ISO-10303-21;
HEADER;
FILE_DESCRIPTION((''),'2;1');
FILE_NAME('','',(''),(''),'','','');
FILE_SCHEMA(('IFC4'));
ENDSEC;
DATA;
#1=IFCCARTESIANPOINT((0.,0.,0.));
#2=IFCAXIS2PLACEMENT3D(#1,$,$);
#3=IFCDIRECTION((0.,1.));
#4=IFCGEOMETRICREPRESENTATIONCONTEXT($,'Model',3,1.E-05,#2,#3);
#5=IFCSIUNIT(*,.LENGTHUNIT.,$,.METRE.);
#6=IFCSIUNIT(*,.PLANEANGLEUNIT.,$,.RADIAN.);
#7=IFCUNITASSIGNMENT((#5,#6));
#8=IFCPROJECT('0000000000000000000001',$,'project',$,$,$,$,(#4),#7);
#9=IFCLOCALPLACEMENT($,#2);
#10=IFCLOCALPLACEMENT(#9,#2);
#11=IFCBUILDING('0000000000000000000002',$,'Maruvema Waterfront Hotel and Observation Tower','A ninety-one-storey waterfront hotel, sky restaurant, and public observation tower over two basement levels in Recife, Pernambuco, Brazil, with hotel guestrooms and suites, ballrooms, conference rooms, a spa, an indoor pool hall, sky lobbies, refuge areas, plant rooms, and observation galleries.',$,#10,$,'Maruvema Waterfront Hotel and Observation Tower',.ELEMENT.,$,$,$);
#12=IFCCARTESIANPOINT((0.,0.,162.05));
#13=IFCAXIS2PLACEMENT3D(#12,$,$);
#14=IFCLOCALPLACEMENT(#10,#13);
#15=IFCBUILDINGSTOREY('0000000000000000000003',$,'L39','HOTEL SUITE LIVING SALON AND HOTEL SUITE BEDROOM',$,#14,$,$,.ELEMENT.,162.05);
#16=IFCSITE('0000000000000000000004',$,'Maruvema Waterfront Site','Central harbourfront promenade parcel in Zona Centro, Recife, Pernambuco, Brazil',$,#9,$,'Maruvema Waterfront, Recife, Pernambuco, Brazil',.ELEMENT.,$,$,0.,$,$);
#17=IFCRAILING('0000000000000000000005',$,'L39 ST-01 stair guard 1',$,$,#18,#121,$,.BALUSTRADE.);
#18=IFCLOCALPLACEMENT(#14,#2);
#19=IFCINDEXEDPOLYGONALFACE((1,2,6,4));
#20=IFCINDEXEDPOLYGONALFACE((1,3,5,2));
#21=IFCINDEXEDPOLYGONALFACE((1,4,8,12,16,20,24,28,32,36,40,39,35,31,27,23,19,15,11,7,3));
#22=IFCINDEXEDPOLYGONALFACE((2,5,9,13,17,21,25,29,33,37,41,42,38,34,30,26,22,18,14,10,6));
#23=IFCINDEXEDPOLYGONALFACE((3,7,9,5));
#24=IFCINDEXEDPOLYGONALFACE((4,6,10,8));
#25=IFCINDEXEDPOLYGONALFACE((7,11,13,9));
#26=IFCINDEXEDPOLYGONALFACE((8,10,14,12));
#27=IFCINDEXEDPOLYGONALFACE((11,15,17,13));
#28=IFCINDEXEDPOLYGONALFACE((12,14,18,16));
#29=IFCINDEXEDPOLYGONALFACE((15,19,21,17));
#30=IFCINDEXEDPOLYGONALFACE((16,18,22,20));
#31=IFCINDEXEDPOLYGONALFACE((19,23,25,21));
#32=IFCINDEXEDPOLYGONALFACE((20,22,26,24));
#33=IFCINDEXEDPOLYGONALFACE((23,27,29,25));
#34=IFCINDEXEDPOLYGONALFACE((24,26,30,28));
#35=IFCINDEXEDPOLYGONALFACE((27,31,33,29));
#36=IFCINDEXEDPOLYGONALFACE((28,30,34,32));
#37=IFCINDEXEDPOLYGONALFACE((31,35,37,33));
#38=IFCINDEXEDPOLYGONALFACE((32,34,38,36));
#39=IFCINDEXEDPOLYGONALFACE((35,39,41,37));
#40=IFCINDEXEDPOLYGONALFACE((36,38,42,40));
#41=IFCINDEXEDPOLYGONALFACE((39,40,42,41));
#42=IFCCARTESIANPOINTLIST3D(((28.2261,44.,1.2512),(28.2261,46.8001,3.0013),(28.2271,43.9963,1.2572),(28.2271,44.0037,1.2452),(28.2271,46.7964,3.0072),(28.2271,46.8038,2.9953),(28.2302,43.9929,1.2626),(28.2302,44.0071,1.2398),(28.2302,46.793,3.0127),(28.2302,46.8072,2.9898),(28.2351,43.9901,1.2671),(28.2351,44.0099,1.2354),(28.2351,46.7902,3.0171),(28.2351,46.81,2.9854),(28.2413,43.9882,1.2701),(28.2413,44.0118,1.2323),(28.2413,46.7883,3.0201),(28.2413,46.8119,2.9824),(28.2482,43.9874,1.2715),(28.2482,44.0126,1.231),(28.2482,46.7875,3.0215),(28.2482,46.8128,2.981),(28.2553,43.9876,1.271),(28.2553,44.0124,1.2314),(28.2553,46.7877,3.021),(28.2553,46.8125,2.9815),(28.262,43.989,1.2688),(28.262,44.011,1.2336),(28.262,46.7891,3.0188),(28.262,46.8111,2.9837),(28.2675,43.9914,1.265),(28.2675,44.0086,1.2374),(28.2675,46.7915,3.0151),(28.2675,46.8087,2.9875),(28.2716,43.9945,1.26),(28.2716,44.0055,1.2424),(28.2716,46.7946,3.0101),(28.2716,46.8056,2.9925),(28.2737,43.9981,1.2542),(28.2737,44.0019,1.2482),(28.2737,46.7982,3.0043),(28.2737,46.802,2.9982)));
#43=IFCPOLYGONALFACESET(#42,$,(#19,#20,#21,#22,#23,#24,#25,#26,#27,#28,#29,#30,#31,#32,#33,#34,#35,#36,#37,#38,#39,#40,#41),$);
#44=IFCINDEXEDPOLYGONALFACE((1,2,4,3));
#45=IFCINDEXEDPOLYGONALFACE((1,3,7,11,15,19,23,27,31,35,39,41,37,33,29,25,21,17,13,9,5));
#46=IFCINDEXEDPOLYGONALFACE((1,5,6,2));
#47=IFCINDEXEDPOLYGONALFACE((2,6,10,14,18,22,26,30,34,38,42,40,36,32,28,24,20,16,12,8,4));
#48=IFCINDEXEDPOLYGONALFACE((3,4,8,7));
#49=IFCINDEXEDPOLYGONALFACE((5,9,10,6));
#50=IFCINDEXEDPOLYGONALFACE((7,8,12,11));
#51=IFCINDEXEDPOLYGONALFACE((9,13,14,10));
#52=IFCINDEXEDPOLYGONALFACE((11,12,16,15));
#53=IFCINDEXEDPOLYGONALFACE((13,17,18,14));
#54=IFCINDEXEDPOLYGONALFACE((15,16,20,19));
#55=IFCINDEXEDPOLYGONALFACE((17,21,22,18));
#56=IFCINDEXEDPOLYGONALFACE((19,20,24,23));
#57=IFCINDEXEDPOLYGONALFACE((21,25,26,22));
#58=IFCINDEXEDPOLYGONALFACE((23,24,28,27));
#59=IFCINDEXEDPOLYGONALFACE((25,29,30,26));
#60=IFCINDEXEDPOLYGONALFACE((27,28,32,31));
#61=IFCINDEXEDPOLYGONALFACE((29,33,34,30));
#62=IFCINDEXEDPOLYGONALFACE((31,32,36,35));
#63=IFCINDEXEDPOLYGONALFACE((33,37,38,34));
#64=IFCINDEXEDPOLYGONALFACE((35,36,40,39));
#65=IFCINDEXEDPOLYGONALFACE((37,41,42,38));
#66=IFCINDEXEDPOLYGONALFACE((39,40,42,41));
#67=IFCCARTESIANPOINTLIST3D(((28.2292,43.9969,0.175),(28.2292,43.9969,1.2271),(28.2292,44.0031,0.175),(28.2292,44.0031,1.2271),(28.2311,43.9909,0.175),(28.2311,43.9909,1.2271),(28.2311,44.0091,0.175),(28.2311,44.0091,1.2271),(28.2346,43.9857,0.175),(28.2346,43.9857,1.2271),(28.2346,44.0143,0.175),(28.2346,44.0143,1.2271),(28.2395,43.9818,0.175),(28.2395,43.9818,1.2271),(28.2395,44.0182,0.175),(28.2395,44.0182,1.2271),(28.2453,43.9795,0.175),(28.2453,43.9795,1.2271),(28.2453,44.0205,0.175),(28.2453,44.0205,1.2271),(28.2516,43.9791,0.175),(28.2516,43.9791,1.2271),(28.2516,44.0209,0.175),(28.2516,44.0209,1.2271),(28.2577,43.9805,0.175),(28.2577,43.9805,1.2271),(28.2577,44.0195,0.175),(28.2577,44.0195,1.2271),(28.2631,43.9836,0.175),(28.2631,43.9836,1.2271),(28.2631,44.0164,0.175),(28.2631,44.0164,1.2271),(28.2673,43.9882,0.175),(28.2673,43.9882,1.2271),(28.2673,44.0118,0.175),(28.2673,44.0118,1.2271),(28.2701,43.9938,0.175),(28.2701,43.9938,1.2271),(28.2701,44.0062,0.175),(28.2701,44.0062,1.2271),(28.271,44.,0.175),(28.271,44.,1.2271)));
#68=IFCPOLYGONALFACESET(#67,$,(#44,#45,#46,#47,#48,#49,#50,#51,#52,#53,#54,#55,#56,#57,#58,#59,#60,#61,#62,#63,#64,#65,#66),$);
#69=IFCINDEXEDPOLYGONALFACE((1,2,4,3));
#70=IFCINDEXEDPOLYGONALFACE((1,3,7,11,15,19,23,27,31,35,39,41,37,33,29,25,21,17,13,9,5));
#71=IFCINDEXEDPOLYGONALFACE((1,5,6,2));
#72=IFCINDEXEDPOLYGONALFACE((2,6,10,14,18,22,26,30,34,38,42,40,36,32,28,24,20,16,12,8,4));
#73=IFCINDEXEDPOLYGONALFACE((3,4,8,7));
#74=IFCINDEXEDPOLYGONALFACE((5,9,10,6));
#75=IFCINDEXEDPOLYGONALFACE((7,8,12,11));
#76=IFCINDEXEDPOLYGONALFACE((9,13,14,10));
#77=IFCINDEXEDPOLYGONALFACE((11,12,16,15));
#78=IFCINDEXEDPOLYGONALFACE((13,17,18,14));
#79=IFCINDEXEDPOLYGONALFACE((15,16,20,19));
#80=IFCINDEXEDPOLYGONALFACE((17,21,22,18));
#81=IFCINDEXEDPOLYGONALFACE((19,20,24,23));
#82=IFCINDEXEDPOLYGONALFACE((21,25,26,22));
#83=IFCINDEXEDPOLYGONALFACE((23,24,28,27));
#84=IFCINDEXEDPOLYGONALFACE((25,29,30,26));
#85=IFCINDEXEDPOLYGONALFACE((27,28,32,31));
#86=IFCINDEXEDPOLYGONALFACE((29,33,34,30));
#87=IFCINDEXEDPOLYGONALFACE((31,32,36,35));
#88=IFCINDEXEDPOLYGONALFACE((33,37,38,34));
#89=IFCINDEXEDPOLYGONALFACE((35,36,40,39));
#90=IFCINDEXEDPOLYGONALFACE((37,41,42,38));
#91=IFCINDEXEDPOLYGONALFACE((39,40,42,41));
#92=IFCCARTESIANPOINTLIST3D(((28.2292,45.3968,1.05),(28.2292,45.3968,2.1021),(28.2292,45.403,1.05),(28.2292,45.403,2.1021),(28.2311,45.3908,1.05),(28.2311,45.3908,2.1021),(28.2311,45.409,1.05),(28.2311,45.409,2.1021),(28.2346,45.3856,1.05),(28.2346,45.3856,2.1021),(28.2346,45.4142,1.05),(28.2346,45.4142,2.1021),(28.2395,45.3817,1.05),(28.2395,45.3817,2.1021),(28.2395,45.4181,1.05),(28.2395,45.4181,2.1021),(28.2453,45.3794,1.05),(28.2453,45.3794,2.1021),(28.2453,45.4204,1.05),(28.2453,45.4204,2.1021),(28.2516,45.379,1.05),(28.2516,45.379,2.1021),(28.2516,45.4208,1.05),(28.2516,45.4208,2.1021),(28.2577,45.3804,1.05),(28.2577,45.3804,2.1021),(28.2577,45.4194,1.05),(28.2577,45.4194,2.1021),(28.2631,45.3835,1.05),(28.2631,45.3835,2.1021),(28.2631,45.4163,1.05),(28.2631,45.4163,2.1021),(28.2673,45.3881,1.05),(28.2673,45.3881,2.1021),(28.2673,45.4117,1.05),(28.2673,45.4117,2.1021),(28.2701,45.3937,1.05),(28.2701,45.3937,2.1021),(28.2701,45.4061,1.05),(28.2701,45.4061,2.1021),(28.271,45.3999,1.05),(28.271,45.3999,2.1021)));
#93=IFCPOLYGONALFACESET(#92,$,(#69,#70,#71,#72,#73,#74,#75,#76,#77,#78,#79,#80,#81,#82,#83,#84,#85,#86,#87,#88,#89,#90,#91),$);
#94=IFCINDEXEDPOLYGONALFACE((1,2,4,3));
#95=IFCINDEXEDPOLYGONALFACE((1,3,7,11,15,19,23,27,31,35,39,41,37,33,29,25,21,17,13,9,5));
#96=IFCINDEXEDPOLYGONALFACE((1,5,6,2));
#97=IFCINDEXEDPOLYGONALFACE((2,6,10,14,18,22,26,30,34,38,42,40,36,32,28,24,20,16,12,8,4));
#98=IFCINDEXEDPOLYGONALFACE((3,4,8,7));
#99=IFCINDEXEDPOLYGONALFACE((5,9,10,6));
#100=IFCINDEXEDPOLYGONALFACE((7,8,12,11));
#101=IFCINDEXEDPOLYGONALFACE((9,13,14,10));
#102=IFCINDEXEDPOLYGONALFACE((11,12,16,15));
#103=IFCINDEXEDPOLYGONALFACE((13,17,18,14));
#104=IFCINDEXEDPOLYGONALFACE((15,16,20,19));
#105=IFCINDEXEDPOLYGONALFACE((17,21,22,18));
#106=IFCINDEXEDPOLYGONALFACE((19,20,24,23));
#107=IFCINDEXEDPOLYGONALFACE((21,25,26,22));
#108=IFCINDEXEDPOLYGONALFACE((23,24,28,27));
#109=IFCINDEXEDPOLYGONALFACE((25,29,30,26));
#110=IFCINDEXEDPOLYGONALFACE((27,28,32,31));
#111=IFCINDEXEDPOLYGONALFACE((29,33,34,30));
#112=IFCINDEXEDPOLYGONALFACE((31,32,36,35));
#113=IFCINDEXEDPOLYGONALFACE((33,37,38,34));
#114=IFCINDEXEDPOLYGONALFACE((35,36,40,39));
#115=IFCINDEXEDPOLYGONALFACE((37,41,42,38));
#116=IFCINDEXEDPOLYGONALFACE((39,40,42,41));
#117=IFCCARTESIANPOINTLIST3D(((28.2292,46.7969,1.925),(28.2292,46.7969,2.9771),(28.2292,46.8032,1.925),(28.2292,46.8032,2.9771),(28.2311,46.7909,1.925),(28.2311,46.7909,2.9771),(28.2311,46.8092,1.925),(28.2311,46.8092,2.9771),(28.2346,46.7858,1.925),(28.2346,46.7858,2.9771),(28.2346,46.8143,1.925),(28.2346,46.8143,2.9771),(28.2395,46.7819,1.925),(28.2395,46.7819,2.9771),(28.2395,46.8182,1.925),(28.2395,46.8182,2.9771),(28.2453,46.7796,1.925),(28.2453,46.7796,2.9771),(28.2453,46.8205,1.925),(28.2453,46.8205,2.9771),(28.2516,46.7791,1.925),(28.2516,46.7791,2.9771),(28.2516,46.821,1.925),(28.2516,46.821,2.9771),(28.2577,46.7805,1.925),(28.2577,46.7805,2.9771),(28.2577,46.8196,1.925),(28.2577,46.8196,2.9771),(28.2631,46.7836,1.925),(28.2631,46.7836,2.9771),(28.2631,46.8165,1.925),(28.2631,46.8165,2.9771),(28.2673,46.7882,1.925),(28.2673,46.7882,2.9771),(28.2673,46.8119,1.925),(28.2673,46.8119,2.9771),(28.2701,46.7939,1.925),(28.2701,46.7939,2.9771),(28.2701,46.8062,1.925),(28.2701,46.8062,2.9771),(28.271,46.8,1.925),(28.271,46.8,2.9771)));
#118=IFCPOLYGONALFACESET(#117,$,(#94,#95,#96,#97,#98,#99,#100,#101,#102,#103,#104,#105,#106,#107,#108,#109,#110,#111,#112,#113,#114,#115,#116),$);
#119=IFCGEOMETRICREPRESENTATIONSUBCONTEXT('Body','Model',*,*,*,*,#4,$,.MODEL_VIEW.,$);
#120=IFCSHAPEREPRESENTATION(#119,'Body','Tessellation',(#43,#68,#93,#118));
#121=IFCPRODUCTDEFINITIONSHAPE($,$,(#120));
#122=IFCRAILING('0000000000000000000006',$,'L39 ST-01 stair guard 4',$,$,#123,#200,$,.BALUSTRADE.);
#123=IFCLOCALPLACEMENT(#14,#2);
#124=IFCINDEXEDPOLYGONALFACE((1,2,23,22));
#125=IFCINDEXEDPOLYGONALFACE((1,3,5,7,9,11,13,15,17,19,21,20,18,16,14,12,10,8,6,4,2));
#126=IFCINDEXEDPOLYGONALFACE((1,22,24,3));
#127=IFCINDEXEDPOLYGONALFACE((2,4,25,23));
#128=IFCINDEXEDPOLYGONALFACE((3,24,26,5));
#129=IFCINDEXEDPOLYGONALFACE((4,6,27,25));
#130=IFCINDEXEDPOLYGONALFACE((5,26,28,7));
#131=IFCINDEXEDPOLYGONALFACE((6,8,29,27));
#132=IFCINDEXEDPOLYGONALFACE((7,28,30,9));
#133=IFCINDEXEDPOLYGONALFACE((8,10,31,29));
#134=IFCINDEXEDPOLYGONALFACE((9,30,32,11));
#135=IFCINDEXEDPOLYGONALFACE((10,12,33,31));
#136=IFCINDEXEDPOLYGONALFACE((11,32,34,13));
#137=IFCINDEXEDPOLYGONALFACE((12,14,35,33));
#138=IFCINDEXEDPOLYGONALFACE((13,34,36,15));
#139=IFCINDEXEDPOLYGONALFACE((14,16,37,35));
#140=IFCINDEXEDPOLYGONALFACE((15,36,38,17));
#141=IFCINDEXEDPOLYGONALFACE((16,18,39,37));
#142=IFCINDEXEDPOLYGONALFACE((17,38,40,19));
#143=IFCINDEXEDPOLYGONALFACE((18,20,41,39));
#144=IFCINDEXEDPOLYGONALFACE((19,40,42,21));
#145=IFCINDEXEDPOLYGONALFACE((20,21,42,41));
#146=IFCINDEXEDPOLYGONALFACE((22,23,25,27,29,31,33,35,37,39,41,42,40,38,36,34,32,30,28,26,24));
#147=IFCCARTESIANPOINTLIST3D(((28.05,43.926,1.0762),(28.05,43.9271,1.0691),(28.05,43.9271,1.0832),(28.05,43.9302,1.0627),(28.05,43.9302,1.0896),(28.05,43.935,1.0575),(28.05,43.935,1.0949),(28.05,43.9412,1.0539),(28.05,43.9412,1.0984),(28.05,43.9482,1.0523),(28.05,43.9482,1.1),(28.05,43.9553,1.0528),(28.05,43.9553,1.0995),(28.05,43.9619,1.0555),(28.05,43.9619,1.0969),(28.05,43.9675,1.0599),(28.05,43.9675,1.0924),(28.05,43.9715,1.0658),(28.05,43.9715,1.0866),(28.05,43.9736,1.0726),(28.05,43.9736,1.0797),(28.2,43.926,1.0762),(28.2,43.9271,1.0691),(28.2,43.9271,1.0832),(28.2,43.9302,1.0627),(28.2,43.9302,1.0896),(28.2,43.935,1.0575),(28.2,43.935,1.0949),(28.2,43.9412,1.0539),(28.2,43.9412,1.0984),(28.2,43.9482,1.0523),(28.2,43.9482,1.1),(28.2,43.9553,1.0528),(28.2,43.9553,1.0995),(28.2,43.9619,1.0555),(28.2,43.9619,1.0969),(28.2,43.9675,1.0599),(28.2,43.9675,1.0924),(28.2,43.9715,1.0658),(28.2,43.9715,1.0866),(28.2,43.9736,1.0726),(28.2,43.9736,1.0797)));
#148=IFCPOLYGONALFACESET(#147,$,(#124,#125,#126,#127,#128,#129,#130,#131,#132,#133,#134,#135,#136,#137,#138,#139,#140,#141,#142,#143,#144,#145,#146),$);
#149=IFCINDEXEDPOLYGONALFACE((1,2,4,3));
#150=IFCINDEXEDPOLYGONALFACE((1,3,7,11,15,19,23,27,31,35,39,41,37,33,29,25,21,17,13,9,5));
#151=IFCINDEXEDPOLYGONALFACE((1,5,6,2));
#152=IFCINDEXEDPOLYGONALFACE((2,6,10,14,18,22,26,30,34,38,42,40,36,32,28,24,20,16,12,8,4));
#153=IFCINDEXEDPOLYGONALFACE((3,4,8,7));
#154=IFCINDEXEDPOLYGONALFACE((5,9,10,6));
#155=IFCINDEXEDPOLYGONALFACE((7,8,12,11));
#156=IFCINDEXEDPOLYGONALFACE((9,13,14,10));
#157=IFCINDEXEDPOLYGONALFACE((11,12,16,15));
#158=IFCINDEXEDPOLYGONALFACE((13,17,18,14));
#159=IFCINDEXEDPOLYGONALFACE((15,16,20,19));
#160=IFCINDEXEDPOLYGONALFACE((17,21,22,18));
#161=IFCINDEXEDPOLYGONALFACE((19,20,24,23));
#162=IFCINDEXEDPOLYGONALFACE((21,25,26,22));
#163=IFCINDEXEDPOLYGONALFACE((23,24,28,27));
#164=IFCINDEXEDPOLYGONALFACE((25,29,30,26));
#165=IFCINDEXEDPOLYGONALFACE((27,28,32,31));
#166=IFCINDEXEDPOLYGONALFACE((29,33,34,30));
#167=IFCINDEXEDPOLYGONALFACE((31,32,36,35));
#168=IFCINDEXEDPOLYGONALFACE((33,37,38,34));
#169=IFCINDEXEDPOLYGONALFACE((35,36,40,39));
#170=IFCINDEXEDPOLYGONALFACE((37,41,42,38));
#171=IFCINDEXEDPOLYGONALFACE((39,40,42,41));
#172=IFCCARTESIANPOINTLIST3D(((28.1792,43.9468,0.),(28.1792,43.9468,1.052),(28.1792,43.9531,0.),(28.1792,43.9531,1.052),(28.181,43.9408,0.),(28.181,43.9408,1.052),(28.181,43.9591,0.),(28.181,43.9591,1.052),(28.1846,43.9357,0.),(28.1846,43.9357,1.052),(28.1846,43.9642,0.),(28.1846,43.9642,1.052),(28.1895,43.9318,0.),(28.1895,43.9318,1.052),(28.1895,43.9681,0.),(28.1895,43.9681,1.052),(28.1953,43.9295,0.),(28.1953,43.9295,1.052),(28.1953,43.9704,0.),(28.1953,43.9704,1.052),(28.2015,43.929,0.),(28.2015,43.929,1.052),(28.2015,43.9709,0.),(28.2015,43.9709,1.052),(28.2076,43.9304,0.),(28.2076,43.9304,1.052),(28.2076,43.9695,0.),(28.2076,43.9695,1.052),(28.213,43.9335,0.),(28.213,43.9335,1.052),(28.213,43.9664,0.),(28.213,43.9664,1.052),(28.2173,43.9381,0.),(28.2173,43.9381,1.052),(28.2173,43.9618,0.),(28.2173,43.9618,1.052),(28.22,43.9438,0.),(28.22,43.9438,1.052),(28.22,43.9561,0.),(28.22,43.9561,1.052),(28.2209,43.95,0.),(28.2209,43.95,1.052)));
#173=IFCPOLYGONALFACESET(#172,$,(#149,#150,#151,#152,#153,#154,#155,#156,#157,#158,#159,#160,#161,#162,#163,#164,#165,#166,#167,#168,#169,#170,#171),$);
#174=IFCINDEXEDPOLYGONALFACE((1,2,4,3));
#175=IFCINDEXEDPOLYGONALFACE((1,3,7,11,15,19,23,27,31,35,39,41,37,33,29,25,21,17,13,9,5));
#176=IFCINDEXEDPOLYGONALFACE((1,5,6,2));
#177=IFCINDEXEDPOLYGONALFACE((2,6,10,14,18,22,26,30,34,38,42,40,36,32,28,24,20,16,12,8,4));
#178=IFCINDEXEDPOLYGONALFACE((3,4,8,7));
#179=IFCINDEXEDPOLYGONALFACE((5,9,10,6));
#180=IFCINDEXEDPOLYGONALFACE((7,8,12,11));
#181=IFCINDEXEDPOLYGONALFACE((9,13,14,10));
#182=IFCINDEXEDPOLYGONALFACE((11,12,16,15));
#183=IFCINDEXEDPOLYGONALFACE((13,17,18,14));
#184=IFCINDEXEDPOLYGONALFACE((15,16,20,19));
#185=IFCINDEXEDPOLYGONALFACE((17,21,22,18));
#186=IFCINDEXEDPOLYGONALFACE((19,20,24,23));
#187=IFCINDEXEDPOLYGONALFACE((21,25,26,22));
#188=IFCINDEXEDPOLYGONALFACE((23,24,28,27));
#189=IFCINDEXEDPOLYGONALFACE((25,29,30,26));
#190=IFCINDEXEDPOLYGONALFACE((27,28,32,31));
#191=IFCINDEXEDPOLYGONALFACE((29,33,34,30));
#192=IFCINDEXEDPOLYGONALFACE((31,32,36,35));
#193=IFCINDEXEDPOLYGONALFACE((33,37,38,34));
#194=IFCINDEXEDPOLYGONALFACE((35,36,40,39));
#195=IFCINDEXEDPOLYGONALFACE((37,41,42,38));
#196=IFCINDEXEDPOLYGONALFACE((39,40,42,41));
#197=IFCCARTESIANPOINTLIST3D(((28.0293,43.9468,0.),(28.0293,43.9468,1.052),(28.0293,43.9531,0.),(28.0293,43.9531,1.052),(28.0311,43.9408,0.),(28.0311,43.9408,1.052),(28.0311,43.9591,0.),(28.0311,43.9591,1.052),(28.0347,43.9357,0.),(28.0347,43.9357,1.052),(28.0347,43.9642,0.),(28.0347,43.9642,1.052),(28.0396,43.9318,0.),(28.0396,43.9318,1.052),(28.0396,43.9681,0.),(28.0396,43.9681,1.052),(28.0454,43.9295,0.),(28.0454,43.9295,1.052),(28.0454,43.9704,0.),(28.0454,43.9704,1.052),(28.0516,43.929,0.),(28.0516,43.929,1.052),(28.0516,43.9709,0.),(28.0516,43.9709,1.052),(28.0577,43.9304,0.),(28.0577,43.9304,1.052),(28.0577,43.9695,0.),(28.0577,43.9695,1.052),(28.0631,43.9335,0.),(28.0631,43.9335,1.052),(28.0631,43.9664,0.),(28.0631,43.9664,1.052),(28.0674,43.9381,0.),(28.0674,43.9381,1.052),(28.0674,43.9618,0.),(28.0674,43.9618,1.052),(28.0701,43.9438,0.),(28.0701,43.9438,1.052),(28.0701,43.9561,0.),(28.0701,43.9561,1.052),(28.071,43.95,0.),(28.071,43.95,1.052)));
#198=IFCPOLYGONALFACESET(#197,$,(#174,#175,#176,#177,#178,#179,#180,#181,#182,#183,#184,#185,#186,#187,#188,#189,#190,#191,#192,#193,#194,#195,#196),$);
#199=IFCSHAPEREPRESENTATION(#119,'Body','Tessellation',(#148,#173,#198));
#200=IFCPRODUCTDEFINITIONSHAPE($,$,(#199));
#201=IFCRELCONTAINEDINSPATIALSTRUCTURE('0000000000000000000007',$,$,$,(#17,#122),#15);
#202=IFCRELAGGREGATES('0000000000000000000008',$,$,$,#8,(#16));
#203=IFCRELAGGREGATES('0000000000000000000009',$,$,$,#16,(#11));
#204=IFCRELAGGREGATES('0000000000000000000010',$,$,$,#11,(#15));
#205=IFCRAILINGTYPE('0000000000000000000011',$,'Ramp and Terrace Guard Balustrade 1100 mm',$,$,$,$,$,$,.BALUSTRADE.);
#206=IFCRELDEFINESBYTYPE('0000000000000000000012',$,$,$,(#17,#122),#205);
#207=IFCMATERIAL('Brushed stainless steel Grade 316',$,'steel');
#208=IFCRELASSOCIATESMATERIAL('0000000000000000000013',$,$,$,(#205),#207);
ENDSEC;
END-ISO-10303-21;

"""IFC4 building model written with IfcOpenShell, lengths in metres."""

from ifc_helpers import new_model, si_unit, direction, frame, origin, origin_2d, place, context, subcontext, project, spatial, circle, extrude, material, type_object, element, save


model = new_model("IFC4")

# Units and contexts
model_context = context("Model", 3, precision=1e-05, world=origin(), true_north=direction((0.0, 1.0)))
body_context = subcontext(model_context, "Body", "Model", "MODEL_VIEW")
ifc_project = project(units=[si_unit("LENGTHUNIT", "METRE"), si_unit("PLANEANGLEUNIT", "RADIAN")], contexts=[model_context])

# Site, building, storey
site_placement = place(None, origin())
site = spatial("IfcSite", under=ifc_project, at=site_placement, Name="Maruvema Waterfront Site", Description="Central harbourfront promenade parcel in Zona Centro, Recife, Pernambuco, Brazil", LongName="Maruvema Waterfront, Recife, Pernambuco, Brazil", CompositionType="ELEMENT", RefElevation=0.0)
building_placement = place(site_placement, origin())
building = spatial("IfcBuilding", under=site, at=building_placement, Name="Maruvema Waterfront Hotel and Observation Tower", Description="A ninety-one-storey waterfront hotel, sky restaurant, and public observation tower over two basement levels in Recife, Pernambuco, Brazil, with hotel guestrooms and suites, ballrooms, conference rooms, a spa, an indoor pool hall, sky lobbies, refuge areas, plant rooms, and observation galleries.", LongName="Maruvema Waterfront Hotel and Observation Tower", CompositionType="ELEMENT")
storey_placement = place(building_placement, frame((0.0, 0.0, 162.05)))
storey = spatial("IfcBuildingStorey", under=building, at=storey_placement, Name="L39", Description="HOTEL SUITE LIVING SALON AND HOTEL SUITE BEDROOM", CompositionType="ELEMENT", Elevation=162.05)

# Railings
ifc_material_1 = material(Name="Brushed stainless steel Grade 316", Category="steel")
railing_type_1 = type_object("IfcRailingType", Name="Ramp and Terrace Guard Balustrade 1100 mm", PredefinedType="BALUSTRADE", material=ifc_material_1)
railing_1_placement = place(storey_placement, frame((28.25, 44.0, 0.175)))
element("IfcRailing", 1, at=railing_1_placement, inside=storey, type_object=railing_type_1, Name="L39 ST-01 stair guard 1", PredefinedType="BALUSTRADE", context=body_context, shape_type="SweptSolid", body=[
    extrude(circle(Radius=0.0239, at=origin_2d()), frame((0.0, 0.0, 1.0762), z_axis=(0.0, 0.848002, 0.529992), x_axis=(-1.0, 0.0, 0.0)), (0.0, 0.0, 1.0), 3.302),
    extrude(circle(Radius=0.021, at=origin_2d()), origin(), (0.0, 0.0, 1.0), 1.052),
    extrude(circle(Radius=0.021, at=origin_2d()), frame((0.0, 1.3999, 0.875)), (0.0, 0.0, 1.0), 1.052),
    extrude(circle(Radius=0.021, at=origin_2d()), frame((0.0, 2.8, 1.75)), (0.0, 0.0, 1.0), 1.052),
])
railing_2_placement = place(storey_placement, frame((28.2, 43.95, 0.0)))
element("IfcRailing", 2, at=railing_2_placement, inside=storey, type_object=railing_type_1, Name="L39 ST-01 stair guard 4", PredefinedType="BALUSTRADE", context=body_context, shape_type="SweptSolid", body=[
    extrude(circle(Radius=0.0239, at=origin_2d()), frame((0.0, 0.0, 1.0762), z_axis=(-1.0, 0.0, 0.0), x_axis=(0.0, -1.0, 0.0)), (0.0, 0.0, 1.0), 0.1499),
    extrude(circle(Radius=0.021, at=origin_2d()), origin(), (0.0, 0.0, 1.0), 1.052),
    extrude(circle(Radius=0.021, at=origin_2d()), frame((-0.1499, 0.0, 0.0)), (0.0, 0.0, 1.0), 1.052),
])

save(model, "model.ifc")
